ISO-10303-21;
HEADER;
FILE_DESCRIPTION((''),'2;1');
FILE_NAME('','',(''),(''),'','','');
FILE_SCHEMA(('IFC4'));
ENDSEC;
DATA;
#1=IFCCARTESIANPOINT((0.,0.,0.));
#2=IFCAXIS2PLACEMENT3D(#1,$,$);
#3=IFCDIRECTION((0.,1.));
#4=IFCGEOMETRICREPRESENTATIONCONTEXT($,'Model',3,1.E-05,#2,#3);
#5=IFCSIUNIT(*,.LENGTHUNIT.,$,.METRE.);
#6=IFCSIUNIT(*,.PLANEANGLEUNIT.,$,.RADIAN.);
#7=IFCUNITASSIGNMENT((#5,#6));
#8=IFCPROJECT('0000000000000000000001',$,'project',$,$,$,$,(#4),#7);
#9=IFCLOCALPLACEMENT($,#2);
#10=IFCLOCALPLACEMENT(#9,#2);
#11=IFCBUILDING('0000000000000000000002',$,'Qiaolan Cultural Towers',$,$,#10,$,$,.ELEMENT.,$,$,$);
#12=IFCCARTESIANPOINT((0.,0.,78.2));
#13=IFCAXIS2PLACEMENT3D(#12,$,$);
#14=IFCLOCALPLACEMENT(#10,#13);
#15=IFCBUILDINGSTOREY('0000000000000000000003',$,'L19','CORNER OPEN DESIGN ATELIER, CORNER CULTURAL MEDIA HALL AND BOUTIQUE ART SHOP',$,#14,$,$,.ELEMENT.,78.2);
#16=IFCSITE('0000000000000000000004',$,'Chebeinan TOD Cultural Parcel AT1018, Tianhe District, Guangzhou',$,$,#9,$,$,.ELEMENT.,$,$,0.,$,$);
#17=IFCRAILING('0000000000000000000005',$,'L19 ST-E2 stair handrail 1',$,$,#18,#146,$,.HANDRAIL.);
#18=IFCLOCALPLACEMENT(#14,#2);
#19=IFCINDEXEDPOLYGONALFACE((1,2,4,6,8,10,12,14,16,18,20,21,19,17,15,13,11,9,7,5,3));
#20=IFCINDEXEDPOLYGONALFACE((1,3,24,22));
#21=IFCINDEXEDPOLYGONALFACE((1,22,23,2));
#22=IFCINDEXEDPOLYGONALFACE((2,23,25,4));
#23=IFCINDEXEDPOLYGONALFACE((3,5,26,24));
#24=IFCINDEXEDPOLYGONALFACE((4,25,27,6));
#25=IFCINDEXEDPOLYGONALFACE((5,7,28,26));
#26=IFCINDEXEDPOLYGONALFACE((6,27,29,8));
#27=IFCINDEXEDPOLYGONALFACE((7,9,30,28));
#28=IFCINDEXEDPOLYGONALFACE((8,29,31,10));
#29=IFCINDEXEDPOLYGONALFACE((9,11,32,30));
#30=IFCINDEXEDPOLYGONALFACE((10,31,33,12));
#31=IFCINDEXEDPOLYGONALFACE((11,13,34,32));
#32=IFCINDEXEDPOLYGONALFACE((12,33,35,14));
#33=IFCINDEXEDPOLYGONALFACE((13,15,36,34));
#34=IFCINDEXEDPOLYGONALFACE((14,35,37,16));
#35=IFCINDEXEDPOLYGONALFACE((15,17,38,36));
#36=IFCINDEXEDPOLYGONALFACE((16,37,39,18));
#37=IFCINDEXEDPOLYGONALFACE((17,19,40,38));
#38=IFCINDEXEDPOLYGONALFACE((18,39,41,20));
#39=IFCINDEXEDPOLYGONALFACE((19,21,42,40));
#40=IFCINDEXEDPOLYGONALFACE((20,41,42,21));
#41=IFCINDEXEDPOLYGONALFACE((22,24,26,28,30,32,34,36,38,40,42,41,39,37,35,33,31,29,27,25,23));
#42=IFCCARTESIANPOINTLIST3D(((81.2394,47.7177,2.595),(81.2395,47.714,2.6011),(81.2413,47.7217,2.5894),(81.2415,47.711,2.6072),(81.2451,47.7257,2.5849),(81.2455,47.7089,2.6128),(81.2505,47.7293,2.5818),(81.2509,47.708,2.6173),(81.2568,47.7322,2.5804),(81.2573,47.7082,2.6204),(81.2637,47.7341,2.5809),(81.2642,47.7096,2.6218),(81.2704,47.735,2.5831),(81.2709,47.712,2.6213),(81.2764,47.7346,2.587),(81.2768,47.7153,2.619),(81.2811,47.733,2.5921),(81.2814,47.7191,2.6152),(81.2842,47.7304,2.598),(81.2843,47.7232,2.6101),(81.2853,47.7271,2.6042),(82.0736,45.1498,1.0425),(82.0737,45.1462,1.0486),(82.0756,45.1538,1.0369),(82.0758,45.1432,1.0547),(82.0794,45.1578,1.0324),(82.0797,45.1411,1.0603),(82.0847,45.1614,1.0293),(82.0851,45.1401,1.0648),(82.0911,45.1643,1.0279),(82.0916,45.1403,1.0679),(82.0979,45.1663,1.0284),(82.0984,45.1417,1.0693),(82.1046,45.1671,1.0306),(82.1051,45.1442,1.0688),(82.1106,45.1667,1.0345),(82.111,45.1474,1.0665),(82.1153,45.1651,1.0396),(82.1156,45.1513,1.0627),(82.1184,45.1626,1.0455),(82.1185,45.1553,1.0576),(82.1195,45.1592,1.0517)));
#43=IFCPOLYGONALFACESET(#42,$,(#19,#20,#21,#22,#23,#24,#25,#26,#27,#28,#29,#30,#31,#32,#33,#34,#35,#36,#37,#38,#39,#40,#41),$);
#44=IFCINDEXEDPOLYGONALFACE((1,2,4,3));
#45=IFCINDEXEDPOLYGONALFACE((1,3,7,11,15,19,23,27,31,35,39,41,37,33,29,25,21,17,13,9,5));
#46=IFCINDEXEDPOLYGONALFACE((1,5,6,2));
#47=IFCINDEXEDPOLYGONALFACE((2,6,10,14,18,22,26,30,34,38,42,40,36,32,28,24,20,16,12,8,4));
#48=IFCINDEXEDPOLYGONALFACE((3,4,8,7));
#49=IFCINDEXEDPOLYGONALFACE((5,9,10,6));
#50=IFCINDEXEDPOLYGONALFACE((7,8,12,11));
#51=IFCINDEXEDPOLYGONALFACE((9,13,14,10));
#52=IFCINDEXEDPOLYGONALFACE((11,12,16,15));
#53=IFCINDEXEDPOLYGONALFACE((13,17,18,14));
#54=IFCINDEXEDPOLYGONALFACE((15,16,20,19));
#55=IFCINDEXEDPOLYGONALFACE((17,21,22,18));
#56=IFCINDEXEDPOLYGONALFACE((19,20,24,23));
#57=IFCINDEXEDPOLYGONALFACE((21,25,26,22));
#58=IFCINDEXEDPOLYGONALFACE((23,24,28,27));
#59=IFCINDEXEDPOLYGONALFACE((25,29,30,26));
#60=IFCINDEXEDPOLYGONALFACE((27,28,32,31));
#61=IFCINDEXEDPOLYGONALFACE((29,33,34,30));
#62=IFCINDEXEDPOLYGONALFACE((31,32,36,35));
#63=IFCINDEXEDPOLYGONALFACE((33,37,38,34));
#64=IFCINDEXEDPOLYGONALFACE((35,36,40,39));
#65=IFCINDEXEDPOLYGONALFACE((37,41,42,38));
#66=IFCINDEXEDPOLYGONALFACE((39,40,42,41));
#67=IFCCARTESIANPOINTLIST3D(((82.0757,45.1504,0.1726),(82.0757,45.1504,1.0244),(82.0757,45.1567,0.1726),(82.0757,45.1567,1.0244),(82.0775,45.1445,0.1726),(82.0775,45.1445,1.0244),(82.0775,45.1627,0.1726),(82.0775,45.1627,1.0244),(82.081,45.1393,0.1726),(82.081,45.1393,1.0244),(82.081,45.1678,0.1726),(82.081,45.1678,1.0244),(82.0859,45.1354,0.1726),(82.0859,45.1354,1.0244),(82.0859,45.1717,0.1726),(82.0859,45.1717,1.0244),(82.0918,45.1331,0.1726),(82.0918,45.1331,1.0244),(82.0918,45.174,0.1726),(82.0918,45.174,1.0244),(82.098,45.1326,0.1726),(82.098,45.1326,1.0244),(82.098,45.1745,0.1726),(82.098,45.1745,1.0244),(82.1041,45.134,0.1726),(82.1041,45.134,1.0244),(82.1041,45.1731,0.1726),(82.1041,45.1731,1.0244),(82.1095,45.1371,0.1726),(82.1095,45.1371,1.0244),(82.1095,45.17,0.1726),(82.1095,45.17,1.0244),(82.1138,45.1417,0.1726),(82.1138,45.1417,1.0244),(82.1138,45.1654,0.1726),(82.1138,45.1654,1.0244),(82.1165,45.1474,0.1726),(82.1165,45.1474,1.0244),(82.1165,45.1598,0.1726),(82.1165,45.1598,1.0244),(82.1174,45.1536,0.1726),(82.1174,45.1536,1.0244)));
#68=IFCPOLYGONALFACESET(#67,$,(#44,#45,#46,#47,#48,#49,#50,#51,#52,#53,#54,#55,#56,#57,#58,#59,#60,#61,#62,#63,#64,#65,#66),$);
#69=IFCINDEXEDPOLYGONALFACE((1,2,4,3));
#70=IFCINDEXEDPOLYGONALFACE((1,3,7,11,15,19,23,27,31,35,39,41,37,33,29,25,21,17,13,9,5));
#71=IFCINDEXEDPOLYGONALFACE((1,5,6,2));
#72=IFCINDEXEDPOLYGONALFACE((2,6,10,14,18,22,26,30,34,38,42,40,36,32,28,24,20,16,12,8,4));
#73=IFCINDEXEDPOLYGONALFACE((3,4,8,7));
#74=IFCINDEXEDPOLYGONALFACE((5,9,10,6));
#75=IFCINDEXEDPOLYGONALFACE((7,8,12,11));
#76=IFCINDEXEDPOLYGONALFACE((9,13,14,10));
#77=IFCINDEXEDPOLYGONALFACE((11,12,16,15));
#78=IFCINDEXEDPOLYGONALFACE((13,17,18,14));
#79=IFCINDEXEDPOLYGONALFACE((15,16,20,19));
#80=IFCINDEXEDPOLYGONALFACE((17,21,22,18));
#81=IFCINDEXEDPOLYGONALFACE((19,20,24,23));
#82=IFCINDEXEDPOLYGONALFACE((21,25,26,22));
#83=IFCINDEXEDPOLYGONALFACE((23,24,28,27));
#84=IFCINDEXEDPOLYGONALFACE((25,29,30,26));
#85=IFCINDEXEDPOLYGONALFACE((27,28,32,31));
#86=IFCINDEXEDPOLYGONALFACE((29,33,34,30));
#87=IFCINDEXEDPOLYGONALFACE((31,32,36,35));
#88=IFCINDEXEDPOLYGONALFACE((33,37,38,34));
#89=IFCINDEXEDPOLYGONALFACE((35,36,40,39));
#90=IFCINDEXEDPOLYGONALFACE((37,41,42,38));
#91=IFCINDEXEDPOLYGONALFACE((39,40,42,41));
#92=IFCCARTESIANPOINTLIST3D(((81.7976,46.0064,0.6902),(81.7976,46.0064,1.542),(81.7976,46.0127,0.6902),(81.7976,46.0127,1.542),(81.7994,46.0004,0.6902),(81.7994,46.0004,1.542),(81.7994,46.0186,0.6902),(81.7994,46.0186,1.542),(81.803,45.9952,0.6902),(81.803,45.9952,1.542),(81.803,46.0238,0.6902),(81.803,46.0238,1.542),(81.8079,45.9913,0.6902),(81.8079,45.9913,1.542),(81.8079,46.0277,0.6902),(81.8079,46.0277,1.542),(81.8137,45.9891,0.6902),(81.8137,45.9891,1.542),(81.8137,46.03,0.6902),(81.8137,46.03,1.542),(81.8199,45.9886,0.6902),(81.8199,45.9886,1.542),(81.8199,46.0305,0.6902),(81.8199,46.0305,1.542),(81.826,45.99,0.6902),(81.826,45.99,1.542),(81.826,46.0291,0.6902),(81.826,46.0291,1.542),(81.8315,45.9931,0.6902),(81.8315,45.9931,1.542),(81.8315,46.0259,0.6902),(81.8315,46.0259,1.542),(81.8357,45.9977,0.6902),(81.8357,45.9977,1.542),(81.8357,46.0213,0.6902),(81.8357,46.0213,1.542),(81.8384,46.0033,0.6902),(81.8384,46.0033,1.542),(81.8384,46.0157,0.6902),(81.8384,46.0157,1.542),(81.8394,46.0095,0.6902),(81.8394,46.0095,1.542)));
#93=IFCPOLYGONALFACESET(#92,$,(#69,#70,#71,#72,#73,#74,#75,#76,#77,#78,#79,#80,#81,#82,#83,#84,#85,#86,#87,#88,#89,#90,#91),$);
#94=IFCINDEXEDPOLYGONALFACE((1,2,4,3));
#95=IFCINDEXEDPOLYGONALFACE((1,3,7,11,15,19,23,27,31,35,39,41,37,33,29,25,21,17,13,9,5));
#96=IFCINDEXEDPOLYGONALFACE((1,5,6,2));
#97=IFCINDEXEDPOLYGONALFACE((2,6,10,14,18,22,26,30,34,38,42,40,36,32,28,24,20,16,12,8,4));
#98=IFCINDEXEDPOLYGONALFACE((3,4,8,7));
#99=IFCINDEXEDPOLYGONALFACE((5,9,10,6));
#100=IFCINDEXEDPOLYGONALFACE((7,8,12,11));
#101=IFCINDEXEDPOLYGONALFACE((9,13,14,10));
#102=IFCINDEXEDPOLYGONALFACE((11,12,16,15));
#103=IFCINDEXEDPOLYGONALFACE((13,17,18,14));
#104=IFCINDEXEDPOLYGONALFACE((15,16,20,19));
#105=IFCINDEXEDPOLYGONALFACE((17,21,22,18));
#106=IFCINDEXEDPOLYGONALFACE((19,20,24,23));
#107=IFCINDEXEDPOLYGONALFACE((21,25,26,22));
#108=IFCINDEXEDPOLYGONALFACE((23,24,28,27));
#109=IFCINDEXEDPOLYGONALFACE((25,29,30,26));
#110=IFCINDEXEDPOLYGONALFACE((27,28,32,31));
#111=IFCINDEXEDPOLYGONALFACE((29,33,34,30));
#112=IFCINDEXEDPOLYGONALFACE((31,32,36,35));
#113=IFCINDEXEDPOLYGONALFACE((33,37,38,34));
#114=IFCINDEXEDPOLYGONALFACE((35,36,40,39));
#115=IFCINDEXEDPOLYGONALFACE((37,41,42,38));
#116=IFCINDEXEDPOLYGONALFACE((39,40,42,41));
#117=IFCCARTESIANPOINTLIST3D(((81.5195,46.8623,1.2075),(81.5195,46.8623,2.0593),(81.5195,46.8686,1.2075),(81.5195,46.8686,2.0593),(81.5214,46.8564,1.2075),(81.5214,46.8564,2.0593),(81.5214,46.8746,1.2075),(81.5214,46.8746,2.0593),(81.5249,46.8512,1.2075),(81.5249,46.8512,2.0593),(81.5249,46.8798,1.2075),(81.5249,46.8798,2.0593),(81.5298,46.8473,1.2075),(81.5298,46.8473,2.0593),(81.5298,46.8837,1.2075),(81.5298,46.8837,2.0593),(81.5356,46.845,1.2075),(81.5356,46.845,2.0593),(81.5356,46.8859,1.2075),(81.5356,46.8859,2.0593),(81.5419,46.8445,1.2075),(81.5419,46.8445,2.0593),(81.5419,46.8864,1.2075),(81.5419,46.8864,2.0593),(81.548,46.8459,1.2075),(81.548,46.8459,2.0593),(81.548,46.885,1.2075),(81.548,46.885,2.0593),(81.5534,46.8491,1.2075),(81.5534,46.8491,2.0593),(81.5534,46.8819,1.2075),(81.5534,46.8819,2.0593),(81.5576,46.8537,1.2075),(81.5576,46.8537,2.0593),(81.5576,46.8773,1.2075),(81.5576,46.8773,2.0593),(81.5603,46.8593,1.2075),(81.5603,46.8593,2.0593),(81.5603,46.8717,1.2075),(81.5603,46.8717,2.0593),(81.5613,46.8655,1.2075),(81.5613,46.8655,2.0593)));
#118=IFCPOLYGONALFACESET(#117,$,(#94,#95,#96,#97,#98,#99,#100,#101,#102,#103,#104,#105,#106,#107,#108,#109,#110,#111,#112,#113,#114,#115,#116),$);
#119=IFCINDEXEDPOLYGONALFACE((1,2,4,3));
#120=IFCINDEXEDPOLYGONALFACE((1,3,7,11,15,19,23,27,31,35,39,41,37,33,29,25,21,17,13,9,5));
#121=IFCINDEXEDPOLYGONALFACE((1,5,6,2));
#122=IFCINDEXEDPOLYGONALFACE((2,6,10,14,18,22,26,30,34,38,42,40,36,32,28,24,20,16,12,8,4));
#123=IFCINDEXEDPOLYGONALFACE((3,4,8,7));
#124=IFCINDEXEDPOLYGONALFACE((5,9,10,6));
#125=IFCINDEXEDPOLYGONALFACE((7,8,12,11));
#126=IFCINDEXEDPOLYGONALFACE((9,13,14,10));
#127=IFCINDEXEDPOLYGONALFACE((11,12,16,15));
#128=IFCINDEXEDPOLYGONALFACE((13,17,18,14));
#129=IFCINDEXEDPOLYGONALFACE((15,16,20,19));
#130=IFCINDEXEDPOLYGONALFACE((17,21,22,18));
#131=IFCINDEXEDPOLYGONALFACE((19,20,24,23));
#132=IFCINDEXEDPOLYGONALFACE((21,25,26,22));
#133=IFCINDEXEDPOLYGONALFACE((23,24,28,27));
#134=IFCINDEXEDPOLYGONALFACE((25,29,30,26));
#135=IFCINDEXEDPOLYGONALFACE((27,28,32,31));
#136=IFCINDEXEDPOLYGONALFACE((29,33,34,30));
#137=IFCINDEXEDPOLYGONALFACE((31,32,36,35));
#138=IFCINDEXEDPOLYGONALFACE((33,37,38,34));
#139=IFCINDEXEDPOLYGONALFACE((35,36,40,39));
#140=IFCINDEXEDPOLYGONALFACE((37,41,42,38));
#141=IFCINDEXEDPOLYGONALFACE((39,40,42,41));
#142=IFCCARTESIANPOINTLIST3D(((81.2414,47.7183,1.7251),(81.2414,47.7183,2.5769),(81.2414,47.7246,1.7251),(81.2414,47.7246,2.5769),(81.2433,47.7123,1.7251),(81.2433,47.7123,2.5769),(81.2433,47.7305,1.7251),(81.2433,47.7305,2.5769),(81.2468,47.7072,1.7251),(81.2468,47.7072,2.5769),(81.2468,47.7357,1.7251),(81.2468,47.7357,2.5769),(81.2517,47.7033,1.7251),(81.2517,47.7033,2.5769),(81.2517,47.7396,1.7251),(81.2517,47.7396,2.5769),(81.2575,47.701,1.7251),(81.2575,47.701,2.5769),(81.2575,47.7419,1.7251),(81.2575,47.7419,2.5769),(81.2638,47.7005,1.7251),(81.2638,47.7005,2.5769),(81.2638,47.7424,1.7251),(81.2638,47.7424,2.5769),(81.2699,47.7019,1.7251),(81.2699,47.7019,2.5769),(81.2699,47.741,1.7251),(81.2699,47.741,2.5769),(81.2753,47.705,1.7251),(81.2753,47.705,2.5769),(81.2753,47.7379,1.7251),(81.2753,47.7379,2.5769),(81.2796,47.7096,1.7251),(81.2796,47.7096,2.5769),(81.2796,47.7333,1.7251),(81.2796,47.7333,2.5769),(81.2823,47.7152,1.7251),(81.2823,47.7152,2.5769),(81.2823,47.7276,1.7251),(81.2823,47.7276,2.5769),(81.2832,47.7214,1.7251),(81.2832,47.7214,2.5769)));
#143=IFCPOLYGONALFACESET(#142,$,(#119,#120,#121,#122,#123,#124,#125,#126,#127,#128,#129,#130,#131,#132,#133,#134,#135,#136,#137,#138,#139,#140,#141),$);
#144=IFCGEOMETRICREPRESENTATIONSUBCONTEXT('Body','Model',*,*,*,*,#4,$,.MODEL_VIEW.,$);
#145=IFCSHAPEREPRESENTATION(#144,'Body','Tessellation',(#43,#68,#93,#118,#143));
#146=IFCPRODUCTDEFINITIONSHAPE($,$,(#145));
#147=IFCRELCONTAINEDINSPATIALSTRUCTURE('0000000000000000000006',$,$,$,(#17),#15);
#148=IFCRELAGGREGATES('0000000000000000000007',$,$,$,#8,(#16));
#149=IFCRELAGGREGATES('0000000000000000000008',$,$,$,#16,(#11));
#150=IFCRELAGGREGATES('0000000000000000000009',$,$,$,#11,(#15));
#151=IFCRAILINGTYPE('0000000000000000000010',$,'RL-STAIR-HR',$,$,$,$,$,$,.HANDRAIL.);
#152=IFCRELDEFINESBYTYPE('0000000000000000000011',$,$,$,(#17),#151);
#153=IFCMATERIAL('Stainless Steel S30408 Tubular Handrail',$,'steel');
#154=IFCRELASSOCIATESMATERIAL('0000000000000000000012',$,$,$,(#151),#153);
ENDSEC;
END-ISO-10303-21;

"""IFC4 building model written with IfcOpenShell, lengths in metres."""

from ifc_helpers import new_model, si_unit, direction, frame, origin, origin_2d, place, context, subcontext, project, spatial, circle, extrude, material, type_object, element, save


model = new_model("IFC4")

# Units and contexts
model_context = context("Model", 3, precision=1e-05, world=origin(), true_north=direction((0.0, 1.0)))
body_context = subcontext(model_context, "Body", "Model", "MODEL_VIEW")
ifc_project = project(units=[si_unit("LENGTHUNIT", "METRE"), si_unit("PLANEANGLEUNIT", "RADIAN")], contexts=[model_context])

# Site, building, storey
site_placement = place(None, origin())
site = spatial("IfcSite", under=ifc_project, at=site_placement, Name="Chebeinan TOD Cultural Parcel AT1018, Tianhe District, Guangzhou", CompositionType="ELEMENT", RefElevation=0.0)
building_placement = place(site_placement, origin())
building = spatial("IfcBuilding", under=site, at=building_placement, Name="Qiaolan Cultural Towers", CompositionType="ELEMENT")
storey_placement = place(building_placement, frame((0.0, 0.0, 78.2)))
storey = spatial("IfcBuildingStorey", under=building, at=storey_placement, Name="L19", Description="CORNER OPEN DESIGN ATELIER, CORNER CULTURAL MEDIA HALL AND BOUTIQUE ART SHOP", CompositionType="ELEMENT", Elevation=78.2)

# Railing
ifc_material_1 = material(Name="Stainless Steel S30408 Tubular Handrail", Category="steel")
railing_type_1 = type_object("IfcRailingType", Name="RL-STAIR-HR", PredefinedType="HANDRAIL", material=ifc_material_1)
railing_1_placement = place(storey_placement, frame((82.0964, 45.1536, 0.1726)))
element("IfcRailing", 1, at=railing_1_placement, inside=storey, type_object=railing_type_1, Name="L19 ST-E2 stair handrail 1", PredefinedType="HANDRAIL", context=body_context, shape_type="SweptSolid", body=[
    extrude(circle(Radius=0.0239, at=origin_2d()), frame((0.0, 0.0, 0.876), z_axis=(-0.267853, 0.824488, 0.498471), x_axis=(-0.95107, -0.308976, 0.0)), (0.0, 0.0, 1.0), 3.1145),
    extrude(circle(Radius=0.021, at=origin_2d()), origin(), (0.0, 0.0, 1.0), 0.8518),
    extrude(circle(Radius=0.021, at=origin_2d()), frame((-0.2781, 0.856, 0.5176)), (0.0, 0.0, 1.0), 0.8518),
    extrude(circle(Radius=0.021, at=origin_2d()), frame((-0.5562, 1.7119, 1.0349)), (0.0, 0.0, 1.0), 0.8518),
    extrude(circle(Radius=0.021, at=origin_2d()), frame((-0.8342, 2.5679, 1.5525)), (0.0, 0.0, 1.0), 0.8518),
])

save(model, "model.ifc")
